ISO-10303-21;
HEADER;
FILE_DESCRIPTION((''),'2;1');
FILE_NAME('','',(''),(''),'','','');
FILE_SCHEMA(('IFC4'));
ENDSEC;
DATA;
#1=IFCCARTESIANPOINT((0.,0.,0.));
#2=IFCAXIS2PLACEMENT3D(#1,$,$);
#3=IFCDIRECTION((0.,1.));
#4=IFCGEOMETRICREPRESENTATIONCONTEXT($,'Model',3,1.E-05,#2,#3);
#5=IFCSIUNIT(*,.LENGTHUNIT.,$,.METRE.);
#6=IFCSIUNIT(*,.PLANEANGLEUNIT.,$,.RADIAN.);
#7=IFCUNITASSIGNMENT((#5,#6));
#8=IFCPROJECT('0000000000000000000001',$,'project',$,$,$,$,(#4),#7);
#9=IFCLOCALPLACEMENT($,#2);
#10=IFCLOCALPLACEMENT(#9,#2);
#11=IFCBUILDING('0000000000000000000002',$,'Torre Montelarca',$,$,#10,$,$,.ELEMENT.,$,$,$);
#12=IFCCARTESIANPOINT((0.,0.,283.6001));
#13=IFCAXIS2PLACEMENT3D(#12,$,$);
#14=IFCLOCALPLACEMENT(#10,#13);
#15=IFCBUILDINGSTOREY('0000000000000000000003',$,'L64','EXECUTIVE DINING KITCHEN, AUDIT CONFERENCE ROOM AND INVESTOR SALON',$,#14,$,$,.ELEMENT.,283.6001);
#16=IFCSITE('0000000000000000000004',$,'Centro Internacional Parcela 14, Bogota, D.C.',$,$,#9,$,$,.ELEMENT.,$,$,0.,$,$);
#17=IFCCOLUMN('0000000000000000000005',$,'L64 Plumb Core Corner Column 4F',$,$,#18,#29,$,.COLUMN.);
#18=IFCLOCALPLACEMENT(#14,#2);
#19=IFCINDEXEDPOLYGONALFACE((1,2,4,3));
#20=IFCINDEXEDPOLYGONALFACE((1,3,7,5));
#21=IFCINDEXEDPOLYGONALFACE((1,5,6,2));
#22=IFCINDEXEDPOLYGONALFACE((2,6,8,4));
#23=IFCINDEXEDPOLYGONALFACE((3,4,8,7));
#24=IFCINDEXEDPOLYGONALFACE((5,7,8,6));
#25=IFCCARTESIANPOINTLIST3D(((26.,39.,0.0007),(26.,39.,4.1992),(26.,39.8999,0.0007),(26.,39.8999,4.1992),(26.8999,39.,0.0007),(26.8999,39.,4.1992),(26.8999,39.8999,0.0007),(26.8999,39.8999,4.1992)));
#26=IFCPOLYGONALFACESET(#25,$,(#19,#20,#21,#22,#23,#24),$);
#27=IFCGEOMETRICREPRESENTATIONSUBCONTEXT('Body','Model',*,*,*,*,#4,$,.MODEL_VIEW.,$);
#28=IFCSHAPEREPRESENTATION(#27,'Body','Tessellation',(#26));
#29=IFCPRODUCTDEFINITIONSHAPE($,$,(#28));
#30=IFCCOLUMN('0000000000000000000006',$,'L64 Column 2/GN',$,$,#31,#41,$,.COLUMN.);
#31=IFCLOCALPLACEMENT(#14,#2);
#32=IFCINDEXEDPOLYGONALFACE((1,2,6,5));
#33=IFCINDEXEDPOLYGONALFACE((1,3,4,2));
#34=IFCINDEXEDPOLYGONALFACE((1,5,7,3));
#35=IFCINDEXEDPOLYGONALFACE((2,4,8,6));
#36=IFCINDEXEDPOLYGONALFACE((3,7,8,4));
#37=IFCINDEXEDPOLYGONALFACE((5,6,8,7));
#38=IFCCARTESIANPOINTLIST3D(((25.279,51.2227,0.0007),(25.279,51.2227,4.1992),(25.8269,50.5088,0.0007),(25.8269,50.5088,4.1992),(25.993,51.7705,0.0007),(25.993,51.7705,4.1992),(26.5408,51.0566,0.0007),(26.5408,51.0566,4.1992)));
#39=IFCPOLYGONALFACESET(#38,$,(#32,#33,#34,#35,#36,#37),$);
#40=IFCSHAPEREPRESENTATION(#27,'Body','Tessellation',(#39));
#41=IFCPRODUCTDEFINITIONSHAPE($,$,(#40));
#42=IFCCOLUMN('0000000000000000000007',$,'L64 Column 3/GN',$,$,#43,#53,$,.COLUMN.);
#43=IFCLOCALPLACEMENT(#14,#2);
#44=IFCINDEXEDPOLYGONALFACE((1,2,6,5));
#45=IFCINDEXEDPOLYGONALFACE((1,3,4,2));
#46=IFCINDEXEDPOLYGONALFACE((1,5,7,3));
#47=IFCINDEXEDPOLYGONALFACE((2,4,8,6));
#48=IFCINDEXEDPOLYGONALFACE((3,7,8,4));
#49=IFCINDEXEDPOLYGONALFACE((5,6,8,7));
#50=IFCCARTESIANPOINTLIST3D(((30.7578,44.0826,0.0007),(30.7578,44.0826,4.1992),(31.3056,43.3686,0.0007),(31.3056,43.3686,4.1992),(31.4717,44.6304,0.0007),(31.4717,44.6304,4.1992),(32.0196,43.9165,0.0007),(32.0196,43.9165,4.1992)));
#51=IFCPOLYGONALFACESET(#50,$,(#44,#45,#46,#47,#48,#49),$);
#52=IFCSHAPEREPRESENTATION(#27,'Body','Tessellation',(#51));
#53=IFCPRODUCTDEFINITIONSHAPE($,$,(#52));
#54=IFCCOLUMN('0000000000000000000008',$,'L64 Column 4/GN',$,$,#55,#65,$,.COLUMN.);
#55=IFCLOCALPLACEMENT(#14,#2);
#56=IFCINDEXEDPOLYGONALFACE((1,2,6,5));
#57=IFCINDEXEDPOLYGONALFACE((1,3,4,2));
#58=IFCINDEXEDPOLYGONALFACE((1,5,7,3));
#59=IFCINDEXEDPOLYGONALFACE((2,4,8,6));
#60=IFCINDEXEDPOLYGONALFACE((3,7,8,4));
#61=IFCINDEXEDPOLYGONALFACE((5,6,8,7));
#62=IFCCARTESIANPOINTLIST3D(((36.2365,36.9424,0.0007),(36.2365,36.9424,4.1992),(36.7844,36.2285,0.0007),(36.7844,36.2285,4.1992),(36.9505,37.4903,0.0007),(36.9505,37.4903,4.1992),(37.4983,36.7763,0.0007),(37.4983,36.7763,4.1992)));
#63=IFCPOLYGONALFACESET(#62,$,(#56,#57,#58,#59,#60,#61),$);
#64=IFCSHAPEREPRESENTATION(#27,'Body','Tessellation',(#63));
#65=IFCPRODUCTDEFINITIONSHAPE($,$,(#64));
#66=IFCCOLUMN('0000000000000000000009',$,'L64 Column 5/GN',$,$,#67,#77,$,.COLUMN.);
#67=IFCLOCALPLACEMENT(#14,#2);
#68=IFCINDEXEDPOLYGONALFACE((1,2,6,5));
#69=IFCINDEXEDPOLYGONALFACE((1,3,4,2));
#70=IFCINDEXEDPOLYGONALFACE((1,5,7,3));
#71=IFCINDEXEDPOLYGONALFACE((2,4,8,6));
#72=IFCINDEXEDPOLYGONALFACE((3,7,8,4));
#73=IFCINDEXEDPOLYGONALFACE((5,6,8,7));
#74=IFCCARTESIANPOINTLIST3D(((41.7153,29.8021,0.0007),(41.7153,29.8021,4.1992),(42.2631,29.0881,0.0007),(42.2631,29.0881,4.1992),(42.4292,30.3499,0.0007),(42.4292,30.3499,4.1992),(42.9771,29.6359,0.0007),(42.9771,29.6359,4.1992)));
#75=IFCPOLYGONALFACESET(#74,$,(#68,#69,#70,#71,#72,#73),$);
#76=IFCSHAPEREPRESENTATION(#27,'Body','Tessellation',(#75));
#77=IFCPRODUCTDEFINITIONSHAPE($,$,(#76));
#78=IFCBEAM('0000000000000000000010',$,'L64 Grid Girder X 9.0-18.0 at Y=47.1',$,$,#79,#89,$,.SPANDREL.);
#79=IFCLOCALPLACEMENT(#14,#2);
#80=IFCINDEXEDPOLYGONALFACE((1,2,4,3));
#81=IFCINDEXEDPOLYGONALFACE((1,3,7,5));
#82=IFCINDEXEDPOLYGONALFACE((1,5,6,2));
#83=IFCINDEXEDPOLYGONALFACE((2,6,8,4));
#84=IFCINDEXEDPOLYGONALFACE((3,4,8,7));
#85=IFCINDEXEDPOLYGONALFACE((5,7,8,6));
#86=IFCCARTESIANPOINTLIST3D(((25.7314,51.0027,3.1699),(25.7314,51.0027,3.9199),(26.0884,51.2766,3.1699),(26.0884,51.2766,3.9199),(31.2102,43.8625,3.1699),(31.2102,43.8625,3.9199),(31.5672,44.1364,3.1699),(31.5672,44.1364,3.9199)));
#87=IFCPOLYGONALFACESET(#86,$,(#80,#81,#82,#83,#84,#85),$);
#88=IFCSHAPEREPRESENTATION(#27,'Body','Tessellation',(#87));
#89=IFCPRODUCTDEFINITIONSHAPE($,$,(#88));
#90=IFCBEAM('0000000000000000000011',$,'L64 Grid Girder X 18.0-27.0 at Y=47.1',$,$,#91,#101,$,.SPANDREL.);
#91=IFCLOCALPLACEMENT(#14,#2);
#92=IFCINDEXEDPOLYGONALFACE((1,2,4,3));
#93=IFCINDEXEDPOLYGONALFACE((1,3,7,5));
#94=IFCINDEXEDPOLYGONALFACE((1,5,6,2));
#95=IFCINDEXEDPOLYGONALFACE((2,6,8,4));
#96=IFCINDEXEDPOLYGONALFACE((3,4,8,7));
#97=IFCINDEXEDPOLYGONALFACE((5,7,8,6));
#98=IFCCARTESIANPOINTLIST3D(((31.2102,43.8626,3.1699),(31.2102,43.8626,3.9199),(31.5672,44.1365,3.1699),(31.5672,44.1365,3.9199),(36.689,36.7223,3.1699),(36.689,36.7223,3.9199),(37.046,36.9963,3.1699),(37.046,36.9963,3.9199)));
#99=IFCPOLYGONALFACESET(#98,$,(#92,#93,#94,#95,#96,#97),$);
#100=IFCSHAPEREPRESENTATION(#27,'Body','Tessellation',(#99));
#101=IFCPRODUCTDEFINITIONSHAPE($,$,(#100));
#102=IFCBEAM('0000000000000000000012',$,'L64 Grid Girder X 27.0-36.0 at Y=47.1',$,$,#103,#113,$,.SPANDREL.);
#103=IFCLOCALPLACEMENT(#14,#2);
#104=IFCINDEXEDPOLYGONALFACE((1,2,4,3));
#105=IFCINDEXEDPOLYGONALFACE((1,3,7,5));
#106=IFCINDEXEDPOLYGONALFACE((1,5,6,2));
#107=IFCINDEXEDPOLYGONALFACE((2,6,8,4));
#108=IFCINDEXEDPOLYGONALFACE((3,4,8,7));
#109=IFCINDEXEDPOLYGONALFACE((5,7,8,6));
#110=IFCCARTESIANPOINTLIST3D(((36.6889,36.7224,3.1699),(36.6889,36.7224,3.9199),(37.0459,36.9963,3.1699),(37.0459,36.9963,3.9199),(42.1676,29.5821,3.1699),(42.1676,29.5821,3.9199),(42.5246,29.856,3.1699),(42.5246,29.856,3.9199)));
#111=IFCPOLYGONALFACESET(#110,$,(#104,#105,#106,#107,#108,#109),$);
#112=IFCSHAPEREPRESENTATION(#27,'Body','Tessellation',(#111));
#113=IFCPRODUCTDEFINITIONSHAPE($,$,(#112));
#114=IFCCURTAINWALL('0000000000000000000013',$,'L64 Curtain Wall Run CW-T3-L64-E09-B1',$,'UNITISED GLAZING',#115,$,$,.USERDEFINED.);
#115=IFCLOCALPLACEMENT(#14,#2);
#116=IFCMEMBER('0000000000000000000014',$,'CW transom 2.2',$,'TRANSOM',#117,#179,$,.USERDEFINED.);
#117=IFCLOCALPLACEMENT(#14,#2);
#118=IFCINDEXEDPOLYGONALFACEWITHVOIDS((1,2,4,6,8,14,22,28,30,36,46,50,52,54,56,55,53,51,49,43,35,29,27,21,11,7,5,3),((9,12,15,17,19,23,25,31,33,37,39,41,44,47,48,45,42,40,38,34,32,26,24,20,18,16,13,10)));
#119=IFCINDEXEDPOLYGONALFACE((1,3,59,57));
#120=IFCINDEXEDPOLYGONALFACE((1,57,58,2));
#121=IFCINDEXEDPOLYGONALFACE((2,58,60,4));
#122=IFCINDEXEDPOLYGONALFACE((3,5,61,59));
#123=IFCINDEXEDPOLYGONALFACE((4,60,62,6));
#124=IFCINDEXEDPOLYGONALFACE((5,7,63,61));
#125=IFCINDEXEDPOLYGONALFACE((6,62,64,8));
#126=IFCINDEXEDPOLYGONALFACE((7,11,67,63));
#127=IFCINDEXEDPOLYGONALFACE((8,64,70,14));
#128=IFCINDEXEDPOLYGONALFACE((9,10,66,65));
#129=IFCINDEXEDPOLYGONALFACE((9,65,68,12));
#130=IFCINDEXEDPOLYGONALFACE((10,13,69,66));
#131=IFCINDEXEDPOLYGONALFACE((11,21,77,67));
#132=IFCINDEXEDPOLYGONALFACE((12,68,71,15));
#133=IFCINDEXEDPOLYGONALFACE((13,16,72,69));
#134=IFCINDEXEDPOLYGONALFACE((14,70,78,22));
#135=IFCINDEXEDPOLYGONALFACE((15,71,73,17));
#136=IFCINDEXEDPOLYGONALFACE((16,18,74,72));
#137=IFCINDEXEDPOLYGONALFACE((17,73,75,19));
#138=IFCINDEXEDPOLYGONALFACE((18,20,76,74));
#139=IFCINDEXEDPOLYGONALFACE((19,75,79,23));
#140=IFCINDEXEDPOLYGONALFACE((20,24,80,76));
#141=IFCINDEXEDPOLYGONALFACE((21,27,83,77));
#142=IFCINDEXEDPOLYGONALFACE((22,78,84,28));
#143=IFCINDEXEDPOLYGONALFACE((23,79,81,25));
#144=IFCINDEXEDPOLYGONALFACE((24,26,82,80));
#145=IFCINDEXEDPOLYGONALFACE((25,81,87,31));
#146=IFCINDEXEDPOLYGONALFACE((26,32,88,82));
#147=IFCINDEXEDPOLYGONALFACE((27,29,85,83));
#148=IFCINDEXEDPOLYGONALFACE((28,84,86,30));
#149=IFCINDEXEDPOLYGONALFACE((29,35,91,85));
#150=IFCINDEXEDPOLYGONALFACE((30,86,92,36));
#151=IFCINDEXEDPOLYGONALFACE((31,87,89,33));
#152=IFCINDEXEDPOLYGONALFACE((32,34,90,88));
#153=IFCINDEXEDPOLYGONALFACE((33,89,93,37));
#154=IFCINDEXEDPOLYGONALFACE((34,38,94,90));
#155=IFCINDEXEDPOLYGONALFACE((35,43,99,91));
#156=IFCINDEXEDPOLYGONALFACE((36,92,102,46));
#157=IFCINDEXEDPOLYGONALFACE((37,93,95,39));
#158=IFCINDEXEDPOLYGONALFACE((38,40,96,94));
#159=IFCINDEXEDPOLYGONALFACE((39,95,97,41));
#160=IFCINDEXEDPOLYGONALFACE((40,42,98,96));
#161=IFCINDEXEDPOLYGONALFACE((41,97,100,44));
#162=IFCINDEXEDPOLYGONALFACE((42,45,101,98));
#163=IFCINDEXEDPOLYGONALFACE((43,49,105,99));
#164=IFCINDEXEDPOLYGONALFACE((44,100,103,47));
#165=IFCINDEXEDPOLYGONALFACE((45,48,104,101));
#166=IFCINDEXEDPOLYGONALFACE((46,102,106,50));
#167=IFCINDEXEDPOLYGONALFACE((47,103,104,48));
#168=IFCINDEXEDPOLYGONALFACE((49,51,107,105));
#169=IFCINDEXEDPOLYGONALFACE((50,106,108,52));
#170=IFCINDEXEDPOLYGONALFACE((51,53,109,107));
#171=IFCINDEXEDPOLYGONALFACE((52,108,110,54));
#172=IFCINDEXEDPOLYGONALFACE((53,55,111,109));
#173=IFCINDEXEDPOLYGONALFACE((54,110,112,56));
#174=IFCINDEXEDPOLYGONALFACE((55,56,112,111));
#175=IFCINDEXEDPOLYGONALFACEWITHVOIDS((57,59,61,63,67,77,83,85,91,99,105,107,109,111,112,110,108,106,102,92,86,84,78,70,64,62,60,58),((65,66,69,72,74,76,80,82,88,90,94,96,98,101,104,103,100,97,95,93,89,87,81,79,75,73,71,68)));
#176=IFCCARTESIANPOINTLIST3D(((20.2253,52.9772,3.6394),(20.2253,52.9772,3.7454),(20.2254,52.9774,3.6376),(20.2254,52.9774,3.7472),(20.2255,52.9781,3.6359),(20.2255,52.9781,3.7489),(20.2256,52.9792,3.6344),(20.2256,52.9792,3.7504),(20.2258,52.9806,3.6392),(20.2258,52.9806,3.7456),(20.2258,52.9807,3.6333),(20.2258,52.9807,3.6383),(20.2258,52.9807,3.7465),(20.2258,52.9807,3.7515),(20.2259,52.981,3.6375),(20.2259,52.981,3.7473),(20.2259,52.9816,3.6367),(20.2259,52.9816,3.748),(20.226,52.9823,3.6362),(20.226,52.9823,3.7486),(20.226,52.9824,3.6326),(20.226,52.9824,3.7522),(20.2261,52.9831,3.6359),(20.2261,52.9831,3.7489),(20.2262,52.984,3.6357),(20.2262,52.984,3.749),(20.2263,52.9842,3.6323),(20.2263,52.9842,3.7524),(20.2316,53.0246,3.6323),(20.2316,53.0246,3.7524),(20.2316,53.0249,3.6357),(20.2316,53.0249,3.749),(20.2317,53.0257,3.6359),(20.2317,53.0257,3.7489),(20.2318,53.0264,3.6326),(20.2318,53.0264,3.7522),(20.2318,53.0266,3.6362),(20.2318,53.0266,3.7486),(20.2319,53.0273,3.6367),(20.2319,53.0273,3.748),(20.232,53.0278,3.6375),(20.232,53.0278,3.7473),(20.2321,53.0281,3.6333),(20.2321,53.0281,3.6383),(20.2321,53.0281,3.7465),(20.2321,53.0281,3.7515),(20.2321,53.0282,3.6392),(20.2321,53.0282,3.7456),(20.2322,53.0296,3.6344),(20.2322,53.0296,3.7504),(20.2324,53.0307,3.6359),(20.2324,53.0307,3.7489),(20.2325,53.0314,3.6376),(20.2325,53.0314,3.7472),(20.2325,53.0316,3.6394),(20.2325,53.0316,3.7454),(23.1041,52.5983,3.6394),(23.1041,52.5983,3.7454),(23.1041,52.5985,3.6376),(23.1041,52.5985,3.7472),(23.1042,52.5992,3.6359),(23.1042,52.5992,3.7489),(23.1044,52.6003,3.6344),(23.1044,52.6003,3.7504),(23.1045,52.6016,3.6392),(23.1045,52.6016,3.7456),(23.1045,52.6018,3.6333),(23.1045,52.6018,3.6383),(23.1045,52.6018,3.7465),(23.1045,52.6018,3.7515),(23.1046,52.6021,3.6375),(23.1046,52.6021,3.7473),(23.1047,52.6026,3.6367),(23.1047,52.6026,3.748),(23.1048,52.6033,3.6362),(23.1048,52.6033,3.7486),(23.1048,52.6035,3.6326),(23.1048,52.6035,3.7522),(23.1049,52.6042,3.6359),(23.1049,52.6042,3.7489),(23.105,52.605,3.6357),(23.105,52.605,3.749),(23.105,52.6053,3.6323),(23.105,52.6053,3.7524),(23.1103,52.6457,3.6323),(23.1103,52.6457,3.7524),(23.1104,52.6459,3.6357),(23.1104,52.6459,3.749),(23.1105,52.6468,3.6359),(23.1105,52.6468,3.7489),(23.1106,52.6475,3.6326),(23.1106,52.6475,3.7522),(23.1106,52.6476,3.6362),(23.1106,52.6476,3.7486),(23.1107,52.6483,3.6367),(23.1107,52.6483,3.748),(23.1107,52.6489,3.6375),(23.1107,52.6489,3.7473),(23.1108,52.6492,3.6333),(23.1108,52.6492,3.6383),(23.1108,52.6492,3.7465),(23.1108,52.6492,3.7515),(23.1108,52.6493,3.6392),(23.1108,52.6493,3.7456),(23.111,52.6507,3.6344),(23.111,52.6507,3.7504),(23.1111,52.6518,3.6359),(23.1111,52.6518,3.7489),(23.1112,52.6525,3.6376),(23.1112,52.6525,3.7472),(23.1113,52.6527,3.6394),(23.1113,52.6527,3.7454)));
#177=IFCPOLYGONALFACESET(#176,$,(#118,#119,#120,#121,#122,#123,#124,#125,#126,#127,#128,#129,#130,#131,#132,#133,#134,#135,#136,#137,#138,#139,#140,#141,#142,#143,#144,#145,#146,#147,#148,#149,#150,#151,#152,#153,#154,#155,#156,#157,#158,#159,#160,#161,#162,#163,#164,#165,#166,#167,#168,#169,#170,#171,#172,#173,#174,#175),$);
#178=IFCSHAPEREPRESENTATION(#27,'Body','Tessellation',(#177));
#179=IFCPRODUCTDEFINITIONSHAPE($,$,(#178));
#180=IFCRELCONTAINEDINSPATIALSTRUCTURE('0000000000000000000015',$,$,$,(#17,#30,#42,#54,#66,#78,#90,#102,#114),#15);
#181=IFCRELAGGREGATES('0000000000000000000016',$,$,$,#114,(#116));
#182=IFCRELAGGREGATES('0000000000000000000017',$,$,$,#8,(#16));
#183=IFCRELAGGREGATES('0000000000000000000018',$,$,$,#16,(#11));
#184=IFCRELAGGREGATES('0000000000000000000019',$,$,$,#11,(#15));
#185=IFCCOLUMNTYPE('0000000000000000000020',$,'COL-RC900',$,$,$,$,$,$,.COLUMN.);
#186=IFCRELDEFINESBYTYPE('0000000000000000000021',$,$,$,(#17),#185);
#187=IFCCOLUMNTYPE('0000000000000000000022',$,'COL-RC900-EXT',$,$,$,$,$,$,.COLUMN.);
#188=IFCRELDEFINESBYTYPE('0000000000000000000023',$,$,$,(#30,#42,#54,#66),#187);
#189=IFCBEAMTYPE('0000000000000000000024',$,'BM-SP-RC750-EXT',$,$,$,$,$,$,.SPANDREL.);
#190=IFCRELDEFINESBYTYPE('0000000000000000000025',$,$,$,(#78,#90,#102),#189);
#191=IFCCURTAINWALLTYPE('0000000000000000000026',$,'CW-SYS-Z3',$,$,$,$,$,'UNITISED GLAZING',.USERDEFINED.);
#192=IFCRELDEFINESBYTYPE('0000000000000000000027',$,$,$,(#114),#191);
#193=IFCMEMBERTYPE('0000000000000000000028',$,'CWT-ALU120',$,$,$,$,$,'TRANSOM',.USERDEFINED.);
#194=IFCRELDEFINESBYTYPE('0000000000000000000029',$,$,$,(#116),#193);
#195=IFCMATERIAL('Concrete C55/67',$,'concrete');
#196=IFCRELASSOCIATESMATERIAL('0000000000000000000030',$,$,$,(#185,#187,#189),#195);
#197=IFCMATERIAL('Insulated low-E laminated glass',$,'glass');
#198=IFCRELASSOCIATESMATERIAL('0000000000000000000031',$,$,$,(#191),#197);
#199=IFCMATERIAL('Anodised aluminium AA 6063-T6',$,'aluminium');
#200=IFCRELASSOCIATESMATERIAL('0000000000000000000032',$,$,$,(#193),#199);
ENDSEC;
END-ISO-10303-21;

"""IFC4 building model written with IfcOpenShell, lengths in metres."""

from ifc_helpers import new_model, si_unit, direction, frame, origin, origin_2d, place, context, subcontext, project, spatial, rectangle, hollow_rectangle, extrude, source, transform, mapped, material, material_profile, profile_set, type_object, element, aggregate, save


model = new_model("IFC4")

# Units and contexts
model_context = context("Model", 3, precision=1e-05, world=origin(), true_north=direction((0.0, 1.0)))
body_context = subcontext(model_context, "Body", "Model", "MODEL_VIEW")
ifc_project = project(units=[si_unit("LENGTHUNIT", "METRE"), si_unit("PLANEANGLEUNIT", "RADIAN")], contexts=[model_context])

# Site, building, storey
site_placement = place(None, origin())
site = spatial("IfcSite", under=ifc_project, at=site_placement, Name="Centro Internacional Parcela 14, Bogota, D.C.", CompositionType="ELEMENT", RefElevation=0.0)
building_placement = place(site_placement, origin())
building = spatial("IfcBuilding", under=site, at=building_placement, Name="Torre Montelarca", CompositionType="ELEMENT")
storey_placement = place(building_placement, frame((0.0, 0.0, 283.6001)))
storey = spatial("IfcBuildingStorey", under=building, at=storey_placement, Name="L64", Description="EXECUTIVE DINING KITCHEN, AUDIT CONFERENCE ROOM AND INVESTOR SALON", CompositionType="ELEMENT", Elevation=283.6001)

# Columns
ifc_material_1 = material(Name="Concrete C55/67", Category="concrete")
ifc_material_profile_1 = material_profile(ifc_material_1, rectangle(XDim=0.8999, YDim=0.8999, at=origin_2d()), Name="RC900X900", Category="concrete")
ifc_profile_set_1 = profile_set([ifc_material_profile_1], Name="Concrete C55/67")
column_type_1 = type_object("IfcColumnType", Name="COL-RC900", PredefinedType="COLUMN", material=ifc_profile_set_1)
shared_shape_1 = source(origin(), body_context, "Body", "SweptSolid", [
    extrude(rectangle(XDim=0.8999, YDim=0.8999, at=origin_2d()), origin(), (0.0, 0.0, 1.0), 4.1985),
])
column_placement = place(storey_placement, frame((26.45, 39.45, 0.0007), z_axis=(0.0, 0.0, 1.0), x_axis=(1.0, 0.0, 0.0)))
element("IfcColumn", 1, at=column_placement, inside=storey, type_object=column_type_1, Name="L64 Plumb Core Corner Column 4F", PredefinedType="COLUMN", context=body_context, shape_type="MappedRepresentation", body=[
    mapped(shared_shape_1, transform((0.0, 0.0, 0.0), scale=1.0)),
])
ifc_material_profile_2 = material_profile(ifc_material_1, rectangle(XDim=0.8999, YDim=0.8999, at=origin_2d()), Name="RC900X900", Category="concrete")
ifc_profile_set_2 = profile_set([ifc_material_profile_2], Name="Concrete C55/67")
column_type_2 = type_object("IfcColumnType", Name="COL-RC900-EXT", PredefinedType="COLUMN", material=ifc_profile_set_2)
shared_shape_2 = source(origin(), body_context, "Body", "SweptSolid", [
    extrude(rectangle(XDim=0.8999, YDim=0.8999, at=origin_2d()), origin(), (0.0, 0.0, 1.0), 4.1985),
])
for number, where, z_axis, x_axis, name in (
    (2, (25.9099, 51.1396, 0.0007), (0.0, 0.0, 1.0), (-0.608761, 0.793353, 0.0), "L64 Column 2/GN"),
    (3, (31.3887, 43.9995, 0.0007), (0.0, 0.0, 1.0), (-0.608761, 0.793353, 0.0), "L64 Column 3/GN"),
    (4, (36.8674, 36.8594, 0.0007), (0.0, 0.0, 1.0), (-0.608761, 0.793353, 0.0), "L64 Column 4/GN"),
    (5, (42.3462, 29.719, 0.0007), (0.0, 0.0, 1.0), (-0.608761, 0.793353, 0.0), "L64 Column 5/GN"),
):
    element("IfcColumn", number, at=place(storey_placement, frame(where, z_axis=z_axis, x_axis=x_axis)), inside=storey, type_object=column_type_2, Name=name, PredefinedType="COLUMN", context=body_context, shape_type="MappedRepresentation", body=[
        mapped(shared_shape_2, transform((0.0, 0.0, 0.0), scale=1.0)),
    ])

# Beams
ifc_material_profile_3 = material_profile(ifc_material_1, rectangle(XDim=0.45, YDim=0.75, at=origin_2d()), Name="RCB450X750", Category="concrete")
ifc_profile_set_3 = profile_set([ifc_material_profile_3], Name="Concrete C55/67")
beam_type = type_object("IfcBeamType", Name="BM-SP-RC750-EXT", PredefinedType="SPANDREL", material=ifc_profile_set_3)
shared_shape_3 = source(origin(), body_context, "Body", "SweptSolid", [
    extrude(rectangle(XDim=0.45, YDim=0.75, at=origin_2d()), origin(), (0.0, 0.0, 1.0), 9.0),
])
for number, where, z_axis, x_axis, name in (
    (6, (25.9099, 51.1396, 3.5449), (0.608757, -0.793357, 0.0), (0.793357, 0.608757, 0.0), "L64 Grid Girder X 9.0-18.0 at Y=47.1"),
    (7, (31.3887, 43.9995, 3.5449), (0.608757, -0.793357, 0.0), (0.793357, 0.608757, 0.0), "L64 Grid Girder X 18.0-27.0 at Y=47.1"),
    (8, (36.8674, 36.8594, 3.5449), (0.608744, -0.793367, 0.0), (0.793367, 0.608744, 0.0), "L64 Grid Girder X 27.0-36.0 at Y=47.1"),
):
    element("IfcBeam", number, at=place(storey_placement, frame(where, z_axis=z_axis, x_axis=x_axis)), inside=storey, type_object=beam_type, Name=name, PredefinedType="SPANDREL", context=body_context, shape_type="MappedRepresentation", body=[
        mapped(shared_shape_3, transform((0.0, 0.0, 0.0), scale=1.0)),
    ])

# Curtain wall, member
ifc_material_2 = material(Name="Insulated low-E laminated glass", Category="glass")
curtain_wall_type = type_object("IfcCurtainWallType", Name="CW-SYS-Z3", ElementType="UNITISED GLAZING", PredefinedType="USERDEFINED", material=ifc_material_2)
curtain_wall_1_placement = place(storey_placement, origin())
curtain_wall_1 = element("IfcCurtainWall", 9, at=curtain_wall_1_placement, inside=storey, type_object=curtain_wall_type, Name="L64 Curtain Wall Run CW-T3-L64-E09-B1", ObjectType="UNITISED GLAZING", PredefinedType="USERDEFINED")
ifc_material_3 = material(Name="Anodised aluminium AA 6063-T6", Category="aluminium")
ifc_material_profile_4 = material_profile(ifc_material_3, hollow_rectangle(XDim=0.0549, YDim=0.1201, WallThickness=0.0034, InnerFilletRadius=0.0034, OuterFilletRadius=0.0071, at=origin_2d()), Name="ALU55X120X3.5", Category="aluminium")
ifc_profile_set_4 = profile_set([ifc_material_profile_4], Name="Anodised aluminium AA 6063-T6")
member_type_1 = type_object("IfcMemberType", Name="CWT-ALU120", ElementType="TRANSOM", PredefinedType="USERDEFINED", material=ifc_profile_set_4)
shared_shape_4 = source(origin(), body_context, "Body", "SweptSolid", [
    extrude(hollow_rectangle(XDim=0.0549, YDim=0.1201, WallThickness=0.0034, InnerFilletRadius=0.0034, OuterFilletRadius=0.0071, at=origin_2d()), origin(), (0.0, 0.0, 1.0), 2.9036),
])
member_1_placement = place(storey_placement, frame((23.1077, 52.6255, 3.6924), z_axis=(-0.991448, 0.1305, 0.0), x_axis=(-0.1305, -0.991448, 0.0)))
member_1 = element("IfcMember", 10, at=member_1_placement, type_object=member_type_1, Name="CW transom 2.2", ObjectType="TRANSOM", PredefinedType="USERDEFINED", context=body_context, shape_type="MappedRepresentation", body=[
    mapped(shared_shape_4, transform((0.0, 0.0, 0.0), scale=1.0)),
])

aggregate(curtain_wall_1, [member_1])

save(model, "model.ifc")
